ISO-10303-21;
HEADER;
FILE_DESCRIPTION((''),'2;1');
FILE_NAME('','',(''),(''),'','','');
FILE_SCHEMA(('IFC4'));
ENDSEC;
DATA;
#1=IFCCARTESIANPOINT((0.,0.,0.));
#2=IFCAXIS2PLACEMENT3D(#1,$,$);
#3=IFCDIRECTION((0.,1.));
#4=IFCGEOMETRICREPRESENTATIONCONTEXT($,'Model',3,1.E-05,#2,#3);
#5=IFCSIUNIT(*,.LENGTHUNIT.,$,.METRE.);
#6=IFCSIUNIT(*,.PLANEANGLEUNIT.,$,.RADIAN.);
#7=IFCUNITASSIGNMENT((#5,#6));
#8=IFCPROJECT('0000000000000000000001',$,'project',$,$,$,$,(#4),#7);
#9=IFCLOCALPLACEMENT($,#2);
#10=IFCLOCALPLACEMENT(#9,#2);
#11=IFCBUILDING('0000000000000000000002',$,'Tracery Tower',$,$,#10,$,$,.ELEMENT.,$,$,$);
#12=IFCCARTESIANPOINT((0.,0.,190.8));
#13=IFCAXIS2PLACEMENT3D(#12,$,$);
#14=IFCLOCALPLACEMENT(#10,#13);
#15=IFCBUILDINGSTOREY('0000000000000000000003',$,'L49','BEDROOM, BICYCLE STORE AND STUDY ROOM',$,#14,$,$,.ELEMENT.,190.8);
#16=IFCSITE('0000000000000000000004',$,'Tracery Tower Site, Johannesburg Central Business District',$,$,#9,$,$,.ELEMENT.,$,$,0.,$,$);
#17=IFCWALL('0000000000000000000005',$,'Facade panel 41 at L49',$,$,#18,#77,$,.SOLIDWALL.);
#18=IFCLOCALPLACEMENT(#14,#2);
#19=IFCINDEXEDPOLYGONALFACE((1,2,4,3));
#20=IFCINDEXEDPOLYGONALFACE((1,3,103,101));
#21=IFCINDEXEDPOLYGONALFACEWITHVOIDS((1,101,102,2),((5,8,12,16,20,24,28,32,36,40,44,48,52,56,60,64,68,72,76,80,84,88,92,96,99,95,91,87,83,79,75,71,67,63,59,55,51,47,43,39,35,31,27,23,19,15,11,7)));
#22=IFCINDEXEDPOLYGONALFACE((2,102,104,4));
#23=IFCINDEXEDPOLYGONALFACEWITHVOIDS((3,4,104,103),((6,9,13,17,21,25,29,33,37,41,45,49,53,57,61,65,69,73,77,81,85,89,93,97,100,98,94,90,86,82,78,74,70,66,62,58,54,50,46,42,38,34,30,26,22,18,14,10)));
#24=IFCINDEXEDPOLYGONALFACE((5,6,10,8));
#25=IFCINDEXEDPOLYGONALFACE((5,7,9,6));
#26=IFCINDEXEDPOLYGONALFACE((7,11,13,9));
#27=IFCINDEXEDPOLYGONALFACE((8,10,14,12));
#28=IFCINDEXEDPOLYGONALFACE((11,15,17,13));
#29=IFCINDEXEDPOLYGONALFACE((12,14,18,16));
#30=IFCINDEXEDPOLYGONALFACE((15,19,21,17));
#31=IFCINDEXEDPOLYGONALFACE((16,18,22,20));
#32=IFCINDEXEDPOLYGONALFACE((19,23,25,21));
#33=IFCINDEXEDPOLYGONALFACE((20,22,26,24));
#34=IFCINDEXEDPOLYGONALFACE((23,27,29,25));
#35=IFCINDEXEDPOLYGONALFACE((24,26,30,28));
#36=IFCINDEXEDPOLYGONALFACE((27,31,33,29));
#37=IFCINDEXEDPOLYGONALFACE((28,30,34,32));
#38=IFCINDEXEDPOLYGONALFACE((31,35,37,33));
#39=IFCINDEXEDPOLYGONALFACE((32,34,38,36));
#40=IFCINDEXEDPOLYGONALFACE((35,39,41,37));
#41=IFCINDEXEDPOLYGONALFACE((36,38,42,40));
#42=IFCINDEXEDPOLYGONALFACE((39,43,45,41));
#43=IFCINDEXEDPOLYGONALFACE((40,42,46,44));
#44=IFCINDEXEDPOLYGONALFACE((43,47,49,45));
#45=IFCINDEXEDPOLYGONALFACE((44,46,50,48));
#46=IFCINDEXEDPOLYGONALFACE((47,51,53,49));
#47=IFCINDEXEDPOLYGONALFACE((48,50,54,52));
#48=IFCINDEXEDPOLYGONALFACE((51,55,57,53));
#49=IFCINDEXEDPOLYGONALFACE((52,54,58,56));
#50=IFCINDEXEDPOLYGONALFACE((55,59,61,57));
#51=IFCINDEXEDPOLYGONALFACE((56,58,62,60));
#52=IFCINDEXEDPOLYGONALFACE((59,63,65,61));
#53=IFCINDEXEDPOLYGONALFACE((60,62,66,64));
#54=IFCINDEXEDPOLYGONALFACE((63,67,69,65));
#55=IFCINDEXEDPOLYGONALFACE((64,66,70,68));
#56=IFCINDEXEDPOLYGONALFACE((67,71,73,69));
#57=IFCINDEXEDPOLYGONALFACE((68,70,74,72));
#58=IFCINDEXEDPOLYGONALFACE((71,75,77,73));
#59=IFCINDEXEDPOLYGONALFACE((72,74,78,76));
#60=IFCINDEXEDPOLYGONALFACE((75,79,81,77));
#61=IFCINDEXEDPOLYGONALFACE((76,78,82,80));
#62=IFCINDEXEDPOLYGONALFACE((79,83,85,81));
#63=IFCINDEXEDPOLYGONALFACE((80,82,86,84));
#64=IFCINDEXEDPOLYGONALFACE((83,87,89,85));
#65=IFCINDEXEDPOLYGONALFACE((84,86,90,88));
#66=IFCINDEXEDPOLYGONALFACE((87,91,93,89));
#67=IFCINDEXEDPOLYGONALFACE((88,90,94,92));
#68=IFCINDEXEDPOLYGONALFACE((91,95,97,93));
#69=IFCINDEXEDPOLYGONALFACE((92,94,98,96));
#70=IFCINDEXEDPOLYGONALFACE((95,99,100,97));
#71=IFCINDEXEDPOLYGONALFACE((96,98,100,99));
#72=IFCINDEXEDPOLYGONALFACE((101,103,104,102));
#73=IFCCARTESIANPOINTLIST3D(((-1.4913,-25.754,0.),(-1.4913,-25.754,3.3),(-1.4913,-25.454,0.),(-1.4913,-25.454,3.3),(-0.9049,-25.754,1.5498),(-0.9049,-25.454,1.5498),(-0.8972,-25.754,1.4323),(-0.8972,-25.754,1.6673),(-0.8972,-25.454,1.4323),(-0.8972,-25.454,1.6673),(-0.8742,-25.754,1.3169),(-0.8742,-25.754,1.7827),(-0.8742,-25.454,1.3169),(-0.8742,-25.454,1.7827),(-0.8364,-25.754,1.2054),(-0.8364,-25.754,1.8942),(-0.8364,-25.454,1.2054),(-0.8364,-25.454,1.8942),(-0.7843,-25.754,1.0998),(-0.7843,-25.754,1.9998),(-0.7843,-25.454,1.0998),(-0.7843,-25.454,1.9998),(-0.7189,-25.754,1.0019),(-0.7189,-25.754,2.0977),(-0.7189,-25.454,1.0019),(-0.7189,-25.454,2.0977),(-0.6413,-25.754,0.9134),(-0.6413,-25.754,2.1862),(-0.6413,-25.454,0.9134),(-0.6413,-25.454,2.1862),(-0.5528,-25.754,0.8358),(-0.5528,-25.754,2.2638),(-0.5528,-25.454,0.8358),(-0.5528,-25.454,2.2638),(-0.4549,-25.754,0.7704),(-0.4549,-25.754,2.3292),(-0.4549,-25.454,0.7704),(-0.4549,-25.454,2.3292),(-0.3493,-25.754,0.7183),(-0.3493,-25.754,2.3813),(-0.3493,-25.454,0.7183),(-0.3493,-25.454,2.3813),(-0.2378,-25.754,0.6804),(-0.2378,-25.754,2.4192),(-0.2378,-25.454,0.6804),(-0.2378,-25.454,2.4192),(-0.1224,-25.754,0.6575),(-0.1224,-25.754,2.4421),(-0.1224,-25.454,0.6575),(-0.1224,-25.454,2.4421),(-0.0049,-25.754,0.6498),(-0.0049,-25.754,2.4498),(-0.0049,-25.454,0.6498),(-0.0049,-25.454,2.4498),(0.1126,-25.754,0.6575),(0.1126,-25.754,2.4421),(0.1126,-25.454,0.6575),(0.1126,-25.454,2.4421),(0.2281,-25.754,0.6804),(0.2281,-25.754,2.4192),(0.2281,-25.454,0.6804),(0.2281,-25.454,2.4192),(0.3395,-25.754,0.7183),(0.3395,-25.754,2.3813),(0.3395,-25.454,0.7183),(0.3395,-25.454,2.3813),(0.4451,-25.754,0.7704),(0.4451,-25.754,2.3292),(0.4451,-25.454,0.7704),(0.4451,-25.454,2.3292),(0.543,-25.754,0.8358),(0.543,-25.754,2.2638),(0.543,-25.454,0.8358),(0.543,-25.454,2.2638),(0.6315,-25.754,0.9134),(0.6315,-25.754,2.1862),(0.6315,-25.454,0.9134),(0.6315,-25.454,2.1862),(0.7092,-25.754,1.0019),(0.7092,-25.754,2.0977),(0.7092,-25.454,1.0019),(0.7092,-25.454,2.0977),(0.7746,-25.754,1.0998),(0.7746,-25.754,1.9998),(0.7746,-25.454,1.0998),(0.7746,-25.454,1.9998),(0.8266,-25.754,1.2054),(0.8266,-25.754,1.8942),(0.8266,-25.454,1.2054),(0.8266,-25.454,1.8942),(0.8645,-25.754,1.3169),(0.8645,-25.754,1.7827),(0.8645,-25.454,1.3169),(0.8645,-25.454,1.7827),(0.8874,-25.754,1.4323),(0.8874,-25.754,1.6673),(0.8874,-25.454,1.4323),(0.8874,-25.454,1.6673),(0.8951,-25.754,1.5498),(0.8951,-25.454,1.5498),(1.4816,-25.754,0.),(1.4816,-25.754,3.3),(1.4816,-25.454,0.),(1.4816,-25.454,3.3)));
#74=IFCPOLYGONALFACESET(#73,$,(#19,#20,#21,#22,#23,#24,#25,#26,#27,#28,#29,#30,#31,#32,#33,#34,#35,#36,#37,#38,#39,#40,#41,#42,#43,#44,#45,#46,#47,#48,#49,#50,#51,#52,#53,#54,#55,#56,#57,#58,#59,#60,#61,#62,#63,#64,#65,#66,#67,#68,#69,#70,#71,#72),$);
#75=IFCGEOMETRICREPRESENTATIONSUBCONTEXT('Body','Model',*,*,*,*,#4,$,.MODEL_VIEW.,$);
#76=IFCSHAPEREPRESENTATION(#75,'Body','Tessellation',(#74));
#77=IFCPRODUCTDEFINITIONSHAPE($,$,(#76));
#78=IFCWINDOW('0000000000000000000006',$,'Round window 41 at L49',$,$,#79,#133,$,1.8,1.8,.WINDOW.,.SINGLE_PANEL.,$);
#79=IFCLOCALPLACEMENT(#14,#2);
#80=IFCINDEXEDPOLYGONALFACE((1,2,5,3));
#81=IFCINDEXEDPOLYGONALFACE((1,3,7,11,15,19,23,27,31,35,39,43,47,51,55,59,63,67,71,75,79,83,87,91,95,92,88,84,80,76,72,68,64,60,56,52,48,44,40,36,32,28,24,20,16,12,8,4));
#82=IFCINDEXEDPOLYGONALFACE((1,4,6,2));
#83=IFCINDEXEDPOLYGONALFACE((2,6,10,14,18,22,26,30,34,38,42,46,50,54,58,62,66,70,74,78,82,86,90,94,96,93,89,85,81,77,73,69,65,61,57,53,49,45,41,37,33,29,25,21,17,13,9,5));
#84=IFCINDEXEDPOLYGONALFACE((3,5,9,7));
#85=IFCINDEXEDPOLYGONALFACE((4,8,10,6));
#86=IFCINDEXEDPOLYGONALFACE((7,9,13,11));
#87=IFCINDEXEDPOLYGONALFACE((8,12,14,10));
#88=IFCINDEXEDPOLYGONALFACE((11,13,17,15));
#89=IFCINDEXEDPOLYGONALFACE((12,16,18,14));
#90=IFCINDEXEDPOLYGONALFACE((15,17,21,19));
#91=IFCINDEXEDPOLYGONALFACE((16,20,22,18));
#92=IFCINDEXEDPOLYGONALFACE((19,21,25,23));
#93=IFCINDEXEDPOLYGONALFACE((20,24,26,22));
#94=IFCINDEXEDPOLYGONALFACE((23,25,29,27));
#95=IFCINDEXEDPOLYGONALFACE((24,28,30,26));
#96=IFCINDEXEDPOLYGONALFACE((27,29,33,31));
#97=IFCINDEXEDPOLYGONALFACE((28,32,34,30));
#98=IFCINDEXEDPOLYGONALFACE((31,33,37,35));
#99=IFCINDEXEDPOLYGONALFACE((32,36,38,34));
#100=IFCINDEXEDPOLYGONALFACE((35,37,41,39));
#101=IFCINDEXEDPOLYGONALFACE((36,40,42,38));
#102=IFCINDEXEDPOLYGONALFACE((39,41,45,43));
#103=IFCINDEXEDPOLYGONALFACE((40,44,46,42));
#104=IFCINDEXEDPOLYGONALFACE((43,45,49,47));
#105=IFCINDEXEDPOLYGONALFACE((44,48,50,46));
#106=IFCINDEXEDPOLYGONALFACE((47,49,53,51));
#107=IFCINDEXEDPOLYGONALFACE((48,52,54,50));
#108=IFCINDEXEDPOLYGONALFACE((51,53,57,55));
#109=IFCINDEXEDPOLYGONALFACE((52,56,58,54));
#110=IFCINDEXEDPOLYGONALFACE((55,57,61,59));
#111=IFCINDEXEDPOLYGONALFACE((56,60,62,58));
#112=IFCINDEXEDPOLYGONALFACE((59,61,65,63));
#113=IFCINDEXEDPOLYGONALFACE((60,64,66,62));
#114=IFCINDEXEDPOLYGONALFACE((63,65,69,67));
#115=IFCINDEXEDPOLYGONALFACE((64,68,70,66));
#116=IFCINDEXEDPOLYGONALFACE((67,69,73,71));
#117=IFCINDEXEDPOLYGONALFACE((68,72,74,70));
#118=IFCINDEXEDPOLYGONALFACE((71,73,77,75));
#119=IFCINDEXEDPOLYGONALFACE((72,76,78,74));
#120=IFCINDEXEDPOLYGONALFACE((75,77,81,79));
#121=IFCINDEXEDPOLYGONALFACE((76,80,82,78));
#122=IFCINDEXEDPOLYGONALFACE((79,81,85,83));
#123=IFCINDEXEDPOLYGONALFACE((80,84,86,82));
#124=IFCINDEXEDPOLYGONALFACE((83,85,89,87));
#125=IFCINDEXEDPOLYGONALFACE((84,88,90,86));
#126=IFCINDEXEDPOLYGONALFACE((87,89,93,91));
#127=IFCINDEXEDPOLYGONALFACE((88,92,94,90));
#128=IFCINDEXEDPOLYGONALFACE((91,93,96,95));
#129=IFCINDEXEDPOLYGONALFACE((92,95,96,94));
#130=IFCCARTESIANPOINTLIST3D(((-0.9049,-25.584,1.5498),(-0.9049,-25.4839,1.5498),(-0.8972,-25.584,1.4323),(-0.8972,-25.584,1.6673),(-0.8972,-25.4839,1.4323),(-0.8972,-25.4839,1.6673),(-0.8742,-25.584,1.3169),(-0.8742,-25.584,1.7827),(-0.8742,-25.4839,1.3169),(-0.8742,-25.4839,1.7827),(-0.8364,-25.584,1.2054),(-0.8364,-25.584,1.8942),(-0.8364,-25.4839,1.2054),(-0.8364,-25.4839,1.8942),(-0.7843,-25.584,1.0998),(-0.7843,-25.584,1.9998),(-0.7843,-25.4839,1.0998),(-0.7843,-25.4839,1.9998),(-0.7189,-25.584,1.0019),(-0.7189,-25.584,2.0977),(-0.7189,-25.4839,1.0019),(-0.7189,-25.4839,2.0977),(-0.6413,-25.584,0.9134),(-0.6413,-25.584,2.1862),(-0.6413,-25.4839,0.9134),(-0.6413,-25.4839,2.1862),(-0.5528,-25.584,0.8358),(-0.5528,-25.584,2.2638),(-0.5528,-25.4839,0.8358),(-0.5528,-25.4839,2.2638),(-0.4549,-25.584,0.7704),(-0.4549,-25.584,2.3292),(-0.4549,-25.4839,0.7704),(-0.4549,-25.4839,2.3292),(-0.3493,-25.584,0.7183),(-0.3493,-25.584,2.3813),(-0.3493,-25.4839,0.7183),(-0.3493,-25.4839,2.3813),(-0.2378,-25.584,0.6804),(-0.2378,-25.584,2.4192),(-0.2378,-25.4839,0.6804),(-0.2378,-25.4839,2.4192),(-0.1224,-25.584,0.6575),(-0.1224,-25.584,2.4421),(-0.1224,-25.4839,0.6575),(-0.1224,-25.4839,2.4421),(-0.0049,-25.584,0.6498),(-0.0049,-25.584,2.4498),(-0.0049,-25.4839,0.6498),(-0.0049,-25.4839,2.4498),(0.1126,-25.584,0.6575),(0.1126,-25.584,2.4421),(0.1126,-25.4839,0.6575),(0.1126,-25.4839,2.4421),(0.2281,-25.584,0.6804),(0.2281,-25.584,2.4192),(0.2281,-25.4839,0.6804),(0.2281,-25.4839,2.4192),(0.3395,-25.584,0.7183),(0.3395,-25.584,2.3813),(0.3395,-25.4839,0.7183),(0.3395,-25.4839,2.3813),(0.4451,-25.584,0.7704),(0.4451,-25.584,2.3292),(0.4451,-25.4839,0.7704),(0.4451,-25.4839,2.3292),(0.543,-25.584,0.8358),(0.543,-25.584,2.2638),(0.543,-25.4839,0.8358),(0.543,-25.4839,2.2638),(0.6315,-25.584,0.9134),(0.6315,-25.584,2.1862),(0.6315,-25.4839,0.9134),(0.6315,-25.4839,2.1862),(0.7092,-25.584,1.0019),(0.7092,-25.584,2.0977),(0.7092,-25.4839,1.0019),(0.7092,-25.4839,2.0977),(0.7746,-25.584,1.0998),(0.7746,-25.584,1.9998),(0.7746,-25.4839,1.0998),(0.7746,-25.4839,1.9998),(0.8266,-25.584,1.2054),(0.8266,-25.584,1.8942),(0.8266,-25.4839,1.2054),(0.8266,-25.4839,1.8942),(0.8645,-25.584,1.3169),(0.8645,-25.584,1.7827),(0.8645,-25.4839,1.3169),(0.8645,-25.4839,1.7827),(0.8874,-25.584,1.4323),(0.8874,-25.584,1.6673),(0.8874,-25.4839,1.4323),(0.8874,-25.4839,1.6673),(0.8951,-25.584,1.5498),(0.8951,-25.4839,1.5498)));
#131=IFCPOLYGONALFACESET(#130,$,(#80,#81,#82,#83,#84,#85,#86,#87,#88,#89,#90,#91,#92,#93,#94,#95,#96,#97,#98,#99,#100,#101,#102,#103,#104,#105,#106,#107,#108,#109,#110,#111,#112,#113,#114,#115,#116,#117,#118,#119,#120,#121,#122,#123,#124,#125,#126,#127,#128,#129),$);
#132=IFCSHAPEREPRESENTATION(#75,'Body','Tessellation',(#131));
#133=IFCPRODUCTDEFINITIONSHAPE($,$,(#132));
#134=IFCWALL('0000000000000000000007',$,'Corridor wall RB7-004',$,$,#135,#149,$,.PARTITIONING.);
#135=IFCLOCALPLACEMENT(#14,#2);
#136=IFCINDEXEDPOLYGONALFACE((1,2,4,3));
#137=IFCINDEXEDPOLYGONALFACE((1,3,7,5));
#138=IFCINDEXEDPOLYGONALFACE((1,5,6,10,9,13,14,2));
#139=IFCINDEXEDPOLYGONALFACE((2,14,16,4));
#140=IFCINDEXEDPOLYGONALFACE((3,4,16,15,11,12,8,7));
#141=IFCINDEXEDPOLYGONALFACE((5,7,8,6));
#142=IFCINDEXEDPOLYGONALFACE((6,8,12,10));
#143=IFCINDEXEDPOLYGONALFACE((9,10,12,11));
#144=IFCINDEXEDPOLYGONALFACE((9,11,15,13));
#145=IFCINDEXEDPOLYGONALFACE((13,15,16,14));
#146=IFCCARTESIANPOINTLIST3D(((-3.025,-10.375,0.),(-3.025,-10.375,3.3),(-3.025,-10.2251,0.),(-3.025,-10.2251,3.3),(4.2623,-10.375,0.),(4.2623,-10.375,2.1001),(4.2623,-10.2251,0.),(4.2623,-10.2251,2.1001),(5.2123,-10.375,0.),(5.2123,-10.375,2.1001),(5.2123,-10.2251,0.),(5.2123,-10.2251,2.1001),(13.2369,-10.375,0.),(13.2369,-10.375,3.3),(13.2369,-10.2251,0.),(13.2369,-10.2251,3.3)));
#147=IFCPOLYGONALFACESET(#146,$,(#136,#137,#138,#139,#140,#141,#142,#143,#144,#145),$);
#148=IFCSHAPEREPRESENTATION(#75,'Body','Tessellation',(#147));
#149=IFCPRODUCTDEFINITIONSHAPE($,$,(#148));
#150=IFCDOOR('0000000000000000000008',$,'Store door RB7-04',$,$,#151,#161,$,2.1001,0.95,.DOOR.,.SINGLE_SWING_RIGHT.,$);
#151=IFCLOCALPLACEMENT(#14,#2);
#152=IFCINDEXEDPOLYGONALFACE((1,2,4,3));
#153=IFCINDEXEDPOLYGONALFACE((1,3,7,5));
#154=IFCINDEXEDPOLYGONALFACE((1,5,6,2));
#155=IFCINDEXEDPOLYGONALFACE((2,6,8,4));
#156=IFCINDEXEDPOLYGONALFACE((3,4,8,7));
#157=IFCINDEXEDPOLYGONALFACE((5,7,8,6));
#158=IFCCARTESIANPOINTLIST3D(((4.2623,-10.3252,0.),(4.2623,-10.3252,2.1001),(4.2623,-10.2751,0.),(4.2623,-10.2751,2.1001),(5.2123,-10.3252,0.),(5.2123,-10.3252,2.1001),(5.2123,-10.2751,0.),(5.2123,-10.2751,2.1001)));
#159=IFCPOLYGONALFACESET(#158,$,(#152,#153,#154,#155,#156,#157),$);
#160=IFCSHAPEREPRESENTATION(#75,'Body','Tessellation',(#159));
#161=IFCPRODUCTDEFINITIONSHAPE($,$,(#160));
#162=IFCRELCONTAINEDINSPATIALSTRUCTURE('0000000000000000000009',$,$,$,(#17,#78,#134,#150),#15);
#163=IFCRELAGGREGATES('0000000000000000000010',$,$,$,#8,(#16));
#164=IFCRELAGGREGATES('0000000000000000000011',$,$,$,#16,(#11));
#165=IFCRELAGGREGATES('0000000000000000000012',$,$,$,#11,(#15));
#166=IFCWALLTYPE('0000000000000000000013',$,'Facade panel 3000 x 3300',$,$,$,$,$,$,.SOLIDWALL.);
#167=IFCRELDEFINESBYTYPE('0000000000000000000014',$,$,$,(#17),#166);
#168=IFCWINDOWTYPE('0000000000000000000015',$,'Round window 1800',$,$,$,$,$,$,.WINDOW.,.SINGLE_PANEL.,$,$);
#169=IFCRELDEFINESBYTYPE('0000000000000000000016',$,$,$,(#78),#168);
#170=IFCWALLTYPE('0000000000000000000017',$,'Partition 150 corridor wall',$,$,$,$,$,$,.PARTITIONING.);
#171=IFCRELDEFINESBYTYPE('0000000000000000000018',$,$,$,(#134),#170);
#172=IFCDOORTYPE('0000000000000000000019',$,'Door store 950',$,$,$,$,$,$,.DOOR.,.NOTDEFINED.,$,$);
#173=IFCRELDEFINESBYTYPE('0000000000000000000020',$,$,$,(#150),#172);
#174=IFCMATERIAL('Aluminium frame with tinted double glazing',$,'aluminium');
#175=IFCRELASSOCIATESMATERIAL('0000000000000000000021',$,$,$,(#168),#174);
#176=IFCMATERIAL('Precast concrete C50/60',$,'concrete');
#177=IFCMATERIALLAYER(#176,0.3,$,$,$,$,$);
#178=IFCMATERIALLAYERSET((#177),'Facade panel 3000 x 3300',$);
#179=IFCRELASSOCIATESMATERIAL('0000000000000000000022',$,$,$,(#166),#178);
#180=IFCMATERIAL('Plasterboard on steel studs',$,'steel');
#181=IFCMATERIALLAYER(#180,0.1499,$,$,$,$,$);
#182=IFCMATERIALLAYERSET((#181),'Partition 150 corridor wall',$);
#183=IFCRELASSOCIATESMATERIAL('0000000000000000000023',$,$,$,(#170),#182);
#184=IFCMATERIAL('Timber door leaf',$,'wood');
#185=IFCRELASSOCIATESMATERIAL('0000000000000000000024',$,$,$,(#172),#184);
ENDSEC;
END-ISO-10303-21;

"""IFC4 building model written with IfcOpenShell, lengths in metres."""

from ifc_helpers import new_model, si_unit, direction, frame, frame_2d, origin, origin_2d, place, context, subcontext, project, spatial, rectangle, circle, extrude, material, layer, layer_set, type_object, element, fill, save


model = new_model("IFC4")

# Units and contexts
model_context = context("Model", 3, precision=1e-05, world=origin(), true_north=direction((0.0, 1.0)))
body_context = subcontext(model_context, "Body", "Model", "MODEL_VIEW")
ifc_project = project(units=[si_unit("LENGTHUNIT", "METRE"), si_unit("PLANEANGLEUNIT", "RADIAN")], contexts=[model_context])

# Site, building, storey
site_placement = place(None, origin())
site = spatial("IfcSite", under=ifc_project, at=site_placement, Name="Tracery Tower Site, Johannesburg Central Business District", CompositionType="ELEMENT", RefElevation=0.0)
building_placement = place(site_placement, origin())
building = spatial("IfcBuilding", under=site, at=building_placement, Name="Tracery Tower", CompositionType="ELEMENT")
storey_placement = place(building_placement, frame((0.0, 0.0, 190.8)))
storey = spatial("IfcBuildingStorey", under=building, at=storey_placement, Name="L49", Description="BEDROOM, BICYCLE STORE AND STUDY ROOM", CompositionType="ELEMENT", Elevation=190.8)

# Wall, opening, window
ifc_material_1 = material(Name="Aluminium frame with tinted double glazing", Category="aluminium")
window_type = type_object("IfcWindowType", Name="Round window 1800", PartitioningType="SINGLE_PANEL", PredefinedType="WINDOW", material=ifc_material_1)
ifc_material_2 = material(Name="Precast concrete C50/60", Category="concrete")
ifc_layer_1 = layer(ifc_material_2, 0.3)
ifc_layer_set_1 = layer_set([ifc_layer_1], Name="Facade panel 3000 x 3300")
wall_type_1 = type_object("IfcWallType", Name="Facade panel 3000 x 3300", PredefinedType="SOLIDWALL", material=ifc_layer_set_1)
wall_1_placement = place(storey_placement, frame((-1.4912, -25.604, 0.0), z_axis=(0.0, 0.0, 1.0), x_axis=(1.0, 0.0, 0.0)))
wall_1 = element("IfcWall", 1, at=wall_1_placement, inside=storey, type_object=wall_type_1, Name="Facade panel 41 at L49", PredefinedType="SOLIDWALL", context=body_context, shape_type="SweptSolid", body=[
    extrude(rectangle(XDim=2.9729, YDim=0.3, at=frame_2d((1.4863, 0.0))), origin(), (0.0, 0.0, 1.0), 3.3),
])
opening_1_placement = place(wall_1_placement, frame((1.4863, 0.0, 1.5498)))
opening_1 = element("IfcOpeningElement", 2, at=opening_1_placement, cuts=wall_1, PredefinedType="OPENING", context=body_context, shape_type="SweptSolid", body=[
    extrude(circle(Radius=0.9, at=origin_2d()), frame((0.0, 0.1599, 0.0), z_axis=(0.0, -1.0, 0.0), x_axis=(1.0, 0.0, 0.0)), (0.0, 0.0, 1.0), 0.3201),
])
window_1_placement = place(opening_1_placement, origin())
window_1 = element("IfcWindow", 3, at=window_1_placement, inside=storey, type_object=window_type, Name="Round window 41 at L49", OverallHeight=1.8, OverallWidth=1.8, PartitioningType="SINGLE_PANEL", PredefinedType="WINDOW", context=body_context, shape_type="SweptSolid", body=[
    extrude(circle(Radius=0.9, at=origin_2d()), frame((0.0, 0.1201, 0.0), z_axis=(0.0, -1.0, 0.0), x_axis=(1.0, 0.0, 0.0)), (0.0, 0.0, 1.0), 0.1001),
])
fill(opening_1, window_1)

# Wall, opening, door
ifc_material_3 = material(Name="Plasterboard on steel studs", Category="steel")
ifc_layer_2 = layer(ifc_material_3, 0.1499)
ifc_layer_set_2 = layer_set([ifc_layer_2], Name="Partition 150 corridor wall")
wall_type_2 = type_object("IfcWallType", Name="Partition 150 corridor wall", PredefinedType="PARTITIONING", material=ifc_layer_set_2)
wall_2_placement = place(storey_placement, frame((-3.0249, -10.3, 0.0), z_axis=(0.0, 0.0, 1.0), x_axis=(1.0, 0.0, 0.0)))
wall_2 = element("IfcWall", 4, at=wall_2_placement, inside=storey, type_object=wall_type_2, Name="Corridor wall RB7-004", PredefinedType="PARTITIONING", context=body_context, shape_type="SweptSolid", body=[
    extrude(rectangle(XDim=16.262, YDim=0.1499, at=frame_2d((8.1309, 0.0))), origin(), (0.0, 0.0, 1.0), 3.3),
])
opening_2_placement = place(wall_2_placement, frame((7.2871, 0.0, 0.0)))
opening_2 = element("IfcOpeningElement", 5, at=opening_2_placement, cuts=wall_2, PredefinedType="OPENING", context=body_context, shape_type="SweptSolid", body=[
    extrude(rectangle(XDim=0.95, YDim=2.1001, at=frame_2d((0.4751, 1.05))), frame((0.0, 0.075, 0.0), z_axis=(0.0, -1.0, 0.0), x_axis=(1.0, 0.0, 0.0)), (0.0, 0.0, 1.0), 0.1499),
])
ifc_material_4 = material(Name="Timber door leaf", Category="wood")
door_type_1 = type_object("IfcDoorType", Name="Door store 950", OperationType="NOTDEFINED", PredefinedType="DOOR", material=ifc_material_4)
door_1_placement = place(opening_2_placement, origin())
door_1 = element("IfcDoor", 6, at=door_1_placement, inside=storey, type_object=door_type_1, Name="Store door RB7-04", OperationType="SINGLE_SWING_RIGHT", OverallHeight=2.1001, OverallWidth=0.95, PredefinedType="DOOR", context=body_context, shape_type="SweptSolid", body=[
    extrude(rectangle(XDim=0.95, YDim=2.1001, at=frame_2d((0.4751, 1.05))), frame((0.0, 0.0249, 0.0), z_axis=(0.0, -1.0, 0.0), x_axis=(1.0, 0.0, 0.0)), (0.0, 0.0, 1.0), 0.05),
])
fill(opening_2, door_1)

save(model, "model.ifc")
